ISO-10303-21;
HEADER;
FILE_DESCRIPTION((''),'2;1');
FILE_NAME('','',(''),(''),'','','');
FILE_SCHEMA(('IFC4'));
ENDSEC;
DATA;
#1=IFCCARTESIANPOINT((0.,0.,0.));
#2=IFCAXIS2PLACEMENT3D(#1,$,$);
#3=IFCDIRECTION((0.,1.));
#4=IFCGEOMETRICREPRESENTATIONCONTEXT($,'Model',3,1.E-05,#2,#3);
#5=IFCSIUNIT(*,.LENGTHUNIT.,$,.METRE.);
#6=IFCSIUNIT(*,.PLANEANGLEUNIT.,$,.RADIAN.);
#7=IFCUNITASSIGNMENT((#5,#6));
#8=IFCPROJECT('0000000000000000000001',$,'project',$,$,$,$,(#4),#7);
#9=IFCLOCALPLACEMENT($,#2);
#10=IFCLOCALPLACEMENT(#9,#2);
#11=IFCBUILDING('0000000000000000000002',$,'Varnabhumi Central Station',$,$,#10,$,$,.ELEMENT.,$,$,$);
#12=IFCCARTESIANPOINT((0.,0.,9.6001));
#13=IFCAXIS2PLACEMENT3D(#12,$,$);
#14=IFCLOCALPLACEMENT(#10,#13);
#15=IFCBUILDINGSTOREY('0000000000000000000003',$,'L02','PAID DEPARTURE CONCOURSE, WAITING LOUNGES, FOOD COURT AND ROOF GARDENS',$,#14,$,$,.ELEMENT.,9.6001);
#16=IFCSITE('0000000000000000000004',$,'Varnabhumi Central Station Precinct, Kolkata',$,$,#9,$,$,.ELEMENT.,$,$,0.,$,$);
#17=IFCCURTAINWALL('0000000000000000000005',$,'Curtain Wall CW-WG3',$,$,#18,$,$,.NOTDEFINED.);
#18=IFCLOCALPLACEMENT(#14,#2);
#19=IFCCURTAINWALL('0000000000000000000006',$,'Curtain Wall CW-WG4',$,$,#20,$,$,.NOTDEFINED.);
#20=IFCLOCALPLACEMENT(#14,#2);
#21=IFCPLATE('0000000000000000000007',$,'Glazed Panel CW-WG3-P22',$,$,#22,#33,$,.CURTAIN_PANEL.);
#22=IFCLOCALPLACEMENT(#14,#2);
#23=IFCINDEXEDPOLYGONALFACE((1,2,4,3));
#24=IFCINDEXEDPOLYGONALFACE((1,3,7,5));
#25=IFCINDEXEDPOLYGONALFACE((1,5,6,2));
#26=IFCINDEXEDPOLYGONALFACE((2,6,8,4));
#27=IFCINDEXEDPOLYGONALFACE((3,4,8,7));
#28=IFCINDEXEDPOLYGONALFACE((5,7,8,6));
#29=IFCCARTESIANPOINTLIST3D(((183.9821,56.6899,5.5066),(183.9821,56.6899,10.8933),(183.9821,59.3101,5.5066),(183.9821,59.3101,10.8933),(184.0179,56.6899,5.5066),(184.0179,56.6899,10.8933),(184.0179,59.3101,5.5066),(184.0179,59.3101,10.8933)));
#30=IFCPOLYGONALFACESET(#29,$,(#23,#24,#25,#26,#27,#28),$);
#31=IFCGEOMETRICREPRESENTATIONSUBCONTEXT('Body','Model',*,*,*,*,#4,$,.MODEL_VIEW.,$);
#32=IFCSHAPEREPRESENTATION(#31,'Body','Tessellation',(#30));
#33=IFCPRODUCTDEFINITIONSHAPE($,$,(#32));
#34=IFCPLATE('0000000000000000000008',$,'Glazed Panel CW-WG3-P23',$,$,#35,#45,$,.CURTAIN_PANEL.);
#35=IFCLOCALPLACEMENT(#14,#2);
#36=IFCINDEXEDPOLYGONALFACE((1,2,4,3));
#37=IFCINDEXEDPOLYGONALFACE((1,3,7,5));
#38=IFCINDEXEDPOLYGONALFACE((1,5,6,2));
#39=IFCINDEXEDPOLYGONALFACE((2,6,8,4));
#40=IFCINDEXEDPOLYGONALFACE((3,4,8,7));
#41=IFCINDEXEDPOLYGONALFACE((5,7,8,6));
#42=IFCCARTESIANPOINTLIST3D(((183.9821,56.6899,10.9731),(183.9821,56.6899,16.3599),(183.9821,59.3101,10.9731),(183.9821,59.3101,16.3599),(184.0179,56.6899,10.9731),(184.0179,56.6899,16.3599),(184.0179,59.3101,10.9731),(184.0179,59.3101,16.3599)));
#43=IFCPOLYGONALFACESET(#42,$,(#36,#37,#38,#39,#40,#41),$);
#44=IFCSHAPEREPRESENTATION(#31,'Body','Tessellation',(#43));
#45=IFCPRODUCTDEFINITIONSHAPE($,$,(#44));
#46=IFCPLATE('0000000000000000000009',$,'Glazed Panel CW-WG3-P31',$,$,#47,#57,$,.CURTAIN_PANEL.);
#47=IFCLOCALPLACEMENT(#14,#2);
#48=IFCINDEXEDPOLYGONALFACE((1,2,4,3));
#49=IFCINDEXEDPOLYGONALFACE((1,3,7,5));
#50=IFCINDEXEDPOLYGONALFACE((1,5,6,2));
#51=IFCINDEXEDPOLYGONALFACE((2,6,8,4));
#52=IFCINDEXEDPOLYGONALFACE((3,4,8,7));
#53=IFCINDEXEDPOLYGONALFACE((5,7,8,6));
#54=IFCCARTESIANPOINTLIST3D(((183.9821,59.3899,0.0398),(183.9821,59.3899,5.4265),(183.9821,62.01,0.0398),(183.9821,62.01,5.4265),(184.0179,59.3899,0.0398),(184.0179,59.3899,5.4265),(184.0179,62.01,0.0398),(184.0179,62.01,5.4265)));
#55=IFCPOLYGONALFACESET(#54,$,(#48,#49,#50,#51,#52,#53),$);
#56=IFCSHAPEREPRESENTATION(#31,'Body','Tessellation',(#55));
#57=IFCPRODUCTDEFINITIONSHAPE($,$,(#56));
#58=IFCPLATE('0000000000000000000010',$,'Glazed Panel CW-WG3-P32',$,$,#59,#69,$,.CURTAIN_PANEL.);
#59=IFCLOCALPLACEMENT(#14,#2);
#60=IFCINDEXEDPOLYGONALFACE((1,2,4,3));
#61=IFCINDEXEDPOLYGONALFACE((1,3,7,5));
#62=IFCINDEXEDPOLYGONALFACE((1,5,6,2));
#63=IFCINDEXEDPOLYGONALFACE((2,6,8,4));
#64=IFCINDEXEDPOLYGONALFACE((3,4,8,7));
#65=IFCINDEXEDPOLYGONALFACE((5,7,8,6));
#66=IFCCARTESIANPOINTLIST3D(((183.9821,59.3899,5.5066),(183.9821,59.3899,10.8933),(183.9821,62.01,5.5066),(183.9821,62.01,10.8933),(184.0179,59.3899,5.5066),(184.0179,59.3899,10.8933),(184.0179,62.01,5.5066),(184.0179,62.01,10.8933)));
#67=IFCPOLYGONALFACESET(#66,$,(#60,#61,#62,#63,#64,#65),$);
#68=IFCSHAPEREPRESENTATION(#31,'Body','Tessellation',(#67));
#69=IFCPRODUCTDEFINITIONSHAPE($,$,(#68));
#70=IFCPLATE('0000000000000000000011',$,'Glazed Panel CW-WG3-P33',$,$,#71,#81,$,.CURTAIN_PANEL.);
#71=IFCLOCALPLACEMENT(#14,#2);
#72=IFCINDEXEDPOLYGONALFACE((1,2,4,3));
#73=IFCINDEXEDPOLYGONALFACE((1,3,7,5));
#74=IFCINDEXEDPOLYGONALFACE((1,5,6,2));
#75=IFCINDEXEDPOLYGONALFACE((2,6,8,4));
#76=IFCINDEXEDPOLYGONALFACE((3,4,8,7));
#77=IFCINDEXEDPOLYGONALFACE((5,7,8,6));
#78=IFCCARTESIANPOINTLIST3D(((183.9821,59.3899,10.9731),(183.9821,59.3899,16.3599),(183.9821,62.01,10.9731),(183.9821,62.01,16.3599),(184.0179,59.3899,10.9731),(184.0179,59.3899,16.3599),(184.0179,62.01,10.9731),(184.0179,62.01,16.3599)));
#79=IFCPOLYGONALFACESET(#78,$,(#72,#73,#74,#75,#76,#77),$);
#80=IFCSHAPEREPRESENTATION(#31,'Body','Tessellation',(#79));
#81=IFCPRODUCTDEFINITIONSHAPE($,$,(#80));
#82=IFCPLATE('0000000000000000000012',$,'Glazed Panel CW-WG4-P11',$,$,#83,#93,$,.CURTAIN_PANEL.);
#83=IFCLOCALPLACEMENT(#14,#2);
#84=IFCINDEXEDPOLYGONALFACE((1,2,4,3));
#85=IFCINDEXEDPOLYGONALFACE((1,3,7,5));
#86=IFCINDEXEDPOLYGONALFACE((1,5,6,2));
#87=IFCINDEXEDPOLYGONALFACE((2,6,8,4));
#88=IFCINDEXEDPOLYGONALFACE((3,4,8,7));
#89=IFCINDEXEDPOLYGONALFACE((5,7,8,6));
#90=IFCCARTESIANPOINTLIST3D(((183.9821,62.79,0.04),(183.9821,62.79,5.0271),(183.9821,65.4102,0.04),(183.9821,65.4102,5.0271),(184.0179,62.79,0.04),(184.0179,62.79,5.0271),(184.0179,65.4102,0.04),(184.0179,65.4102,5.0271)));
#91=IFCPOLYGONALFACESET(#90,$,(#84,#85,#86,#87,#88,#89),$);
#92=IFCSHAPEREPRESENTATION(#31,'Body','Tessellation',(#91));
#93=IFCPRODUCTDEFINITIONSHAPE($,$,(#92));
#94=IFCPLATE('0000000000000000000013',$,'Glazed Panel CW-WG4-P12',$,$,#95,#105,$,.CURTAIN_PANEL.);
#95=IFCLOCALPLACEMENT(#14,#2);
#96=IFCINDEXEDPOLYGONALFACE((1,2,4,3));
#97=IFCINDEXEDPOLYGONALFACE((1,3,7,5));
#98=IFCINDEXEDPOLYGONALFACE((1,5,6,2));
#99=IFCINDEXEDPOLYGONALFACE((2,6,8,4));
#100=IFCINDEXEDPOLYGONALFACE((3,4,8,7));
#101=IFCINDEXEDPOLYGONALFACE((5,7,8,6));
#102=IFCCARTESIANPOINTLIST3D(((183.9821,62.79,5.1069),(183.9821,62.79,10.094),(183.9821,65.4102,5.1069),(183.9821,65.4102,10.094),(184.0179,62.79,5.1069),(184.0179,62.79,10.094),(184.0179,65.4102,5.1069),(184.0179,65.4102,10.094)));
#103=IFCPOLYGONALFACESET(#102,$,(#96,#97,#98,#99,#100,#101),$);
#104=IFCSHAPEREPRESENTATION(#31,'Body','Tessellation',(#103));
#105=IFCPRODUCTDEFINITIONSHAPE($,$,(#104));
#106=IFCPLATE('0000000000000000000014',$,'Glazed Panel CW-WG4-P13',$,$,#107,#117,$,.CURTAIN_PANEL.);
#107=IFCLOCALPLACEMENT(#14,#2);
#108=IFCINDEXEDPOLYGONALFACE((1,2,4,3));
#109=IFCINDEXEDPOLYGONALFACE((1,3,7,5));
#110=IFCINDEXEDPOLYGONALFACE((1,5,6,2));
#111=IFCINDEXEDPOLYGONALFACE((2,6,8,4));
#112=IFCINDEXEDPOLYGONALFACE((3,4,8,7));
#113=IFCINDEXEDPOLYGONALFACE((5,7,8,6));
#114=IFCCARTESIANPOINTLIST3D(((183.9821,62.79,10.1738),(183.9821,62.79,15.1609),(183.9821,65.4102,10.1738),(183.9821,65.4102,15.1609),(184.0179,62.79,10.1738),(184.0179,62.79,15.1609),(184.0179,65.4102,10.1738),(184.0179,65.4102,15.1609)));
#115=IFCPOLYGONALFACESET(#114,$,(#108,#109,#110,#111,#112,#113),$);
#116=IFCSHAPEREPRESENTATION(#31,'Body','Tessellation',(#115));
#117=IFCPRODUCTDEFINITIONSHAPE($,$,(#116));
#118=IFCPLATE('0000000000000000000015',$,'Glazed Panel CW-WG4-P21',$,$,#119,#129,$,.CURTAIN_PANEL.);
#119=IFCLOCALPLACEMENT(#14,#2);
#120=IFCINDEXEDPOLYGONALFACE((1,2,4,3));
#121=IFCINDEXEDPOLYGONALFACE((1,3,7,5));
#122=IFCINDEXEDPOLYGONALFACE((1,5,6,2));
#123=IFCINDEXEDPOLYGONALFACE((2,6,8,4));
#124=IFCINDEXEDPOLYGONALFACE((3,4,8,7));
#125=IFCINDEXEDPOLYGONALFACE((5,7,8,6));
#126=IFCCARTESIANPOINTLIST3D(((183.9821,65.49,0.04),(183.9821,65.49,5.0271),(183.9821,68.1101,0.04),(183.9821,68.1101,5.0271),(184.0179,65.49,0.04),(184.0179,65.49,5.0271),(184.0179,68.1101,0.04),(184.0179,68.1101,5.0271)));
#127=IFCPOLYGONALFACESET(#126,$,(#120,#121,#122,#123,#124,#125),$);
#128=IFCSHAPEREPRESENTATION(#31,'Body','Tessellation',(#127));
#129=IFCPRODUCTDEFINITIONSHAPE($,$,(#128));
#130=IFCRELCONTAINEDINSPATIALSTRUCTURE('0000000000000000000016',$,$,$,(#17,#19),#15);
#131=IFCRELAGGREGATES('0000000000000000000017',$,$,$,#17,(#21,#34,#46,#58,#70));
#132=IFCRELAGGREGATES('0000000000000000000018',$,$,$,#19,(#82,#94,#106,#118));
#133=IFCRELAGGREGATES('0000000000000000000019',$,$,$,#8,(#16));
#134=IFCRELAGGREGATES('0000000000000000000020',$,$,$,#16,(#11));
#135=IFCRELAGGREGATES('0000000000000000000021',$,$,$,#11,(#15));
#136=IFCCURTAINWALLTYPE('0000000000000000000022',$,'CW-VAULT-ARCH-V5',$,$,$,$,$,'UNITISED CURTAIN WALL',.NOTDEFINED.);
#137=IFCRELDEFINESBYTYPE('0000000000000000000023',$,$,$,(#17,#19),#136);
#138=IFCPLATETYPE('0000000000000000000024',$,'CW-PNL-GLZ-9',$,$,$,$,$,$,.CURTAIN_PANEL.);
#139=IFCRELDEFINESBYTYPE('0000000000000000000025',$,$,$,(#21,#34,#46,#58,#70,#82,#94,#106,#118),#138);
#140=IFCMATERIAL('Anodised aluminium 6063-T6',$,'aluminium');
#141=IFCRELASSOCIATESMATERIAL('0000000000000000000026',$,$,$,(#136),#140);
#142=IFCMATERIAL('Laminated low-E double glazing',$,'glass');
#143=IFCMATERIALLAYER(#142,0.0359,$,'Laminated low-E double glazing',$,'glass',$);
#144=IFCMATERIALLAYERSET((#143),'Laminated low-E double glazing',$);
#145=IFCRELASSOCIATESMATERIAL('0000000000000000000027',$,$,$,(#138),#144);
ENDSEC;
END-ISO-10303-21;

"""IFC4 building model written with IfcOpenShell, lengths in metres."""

from ifc_helpers import new_model, si_unit, direction, frame, origin, origin_2d, place, context, subcontext, project, spatial, rectangle, extrude, material, layer, layer_set, type_object, element, aggregate, save


model = new_model("IFC4")

# Units and contexts
model_context = context("Model", 3, precision=1e-05, world=origin(), true_north=direction((0.0, 1.0)))
body_context = subcontext(model_context, "Body", "Model", "MODEL_VIEW")
ifc_project = project(units=[si_unit("LENGTHUNIT", "METRE"), si_unit("PLANEANGLEUNIT", "RADIAN")], contexts=[model_context])

# Site, building, storey
site_placement = place(None, origin())
site = spatial("IfcSite", under=ifc_project, at=site_placement, Name="Varnabhumi Central Station Precinct, Kolkata", CompositionType="ELEMENT", RefElevation=0.0)
building_placement = place(site_placement, origin())
building = spatial("IfcBuilding", under=site, at=building_placement, Name="Varnabhumi Central Station", CompositionType="ELEMENT")
storey_placement = place(building_placement, frame((0.0, 0.0, 9.6001)))
storey = spatial("IfcBuildingStorey", under=building, at=storey_placement, Name="L02", Description="PAID DEPARTURE CONCOURSE, WAITING LOUNGES, FOOD COURT AND ROOF GARDENS", CompositionType="ELEMENT", Elevation=9.6001)

# Curtain walls
ifc_material_1 = material(Name="Anodised aluminium 6063-T6", Category="aluminium")
curtain_wall_type = type_object("IfcCurtainWallType", Name="CW-VAULT-ARCH-V5", ElementType="UNITISED CURTAIN WALL", PredefinedType="NOTDEFINED", material=ifc_material_1)
curtain_wall_1_placement = place(storey_placement, origin())
curtain_wall_1 = element("IfcCurtainWall", 1, at=curtain_wall_1_placement, inside=storey, type_object=curtain_wall_type, Name="Curtain Wall CW-WG3", PredefinedType="NOTDEFINED")
curtain_wall_2_placement = place(storey_placement, origin())
curtain_wall_2 = element("IfcCurtainWall", 2, at=curtain_wall_2_placement, inside=storey, type_object=curtain_wall_type, Name="Curtain Wall CW-WG4", PredefinedType="NOTDEFINED")

# Plates
ifc_material_2 = material(Name="Laminated low-E double glazing", Category="glass")
ifc_layer = layer(ifc_material_2, 0.0359, Name="Laminated low-E double glazing", Category="glass")
ifc_layer_set = layer_set([ifc_layer], Name="Laminated low-E double glazing")
plate_type = type_object("IfcPlateType", Name="CW-PNL-GLZ-9", PredefinedType="CURTAIN_PANEL", material=ifc_layer_set)
plate_1_placement = place(storey_placement, frame((184.0, 58.0, 5.5066), z_axis=(0.0, 0.0, 1.0), x_axis=(0.0, 1.0, 0.0)))
plate_1 = element("IfcPlate", 3, at=plate_1_placement, type_object=plate_type, Name="Glazed Panel CW-WG3-P22", PredefinedType="CURTAIN_PANEL", context=body_context, shape_type="SweptSolid", body=[
    extrude(rectangle(XDim=2.6201, YDim=0.0359, at=origin_2d()), origin(), (0.0, 0.0, 1.0), 5.3867),
])
plate_2_placement = place(storey_placement, frame((184.0, 58.0, 10.9731), z_axis=(0.0, 0.0, 1.0), x_axis=(0.0, 1.0, 0.0)))
plate_2 = element("IfcPlate", 4, at=plate_2_placement, type_object=plate_type, Name="Glazed Panel CW-WG3-P23", PredefinedType="CURTAIN_PANEL", context=body_context, shape_type="SweptSolid", body=[
    extrude(rectangle(XDim=2.6201, YDim=0.0359, at=origin_2d()), origin(), (0.0, 0.0, 1.0), 5.3867),
])
plate_3_placement = place(storey_placement, frame((184.0, 60.7, 0.0398), z_axis=(0.0, 0.0, 1.0), x_axis=(0.0, 1.0, 0.0)))
plate_3 = element("IfcPlate", 5, at=plate_3_placement, type_object=plate_type, Name="Glazed Panel CW-WG3-P31", PredefinedType="CURTAIN_PANEL", context=body_context, shape_type="SweptSolid", body=[
    extrude(rectangle(XDim=2.6201, YDim=0.0359, at=origin_2d()), origin(), (0.0, 0.0, 1.0), 5.3867),
])
plate_4_placement = place(storey_placement, frame((184.0, 60.7, 5.5066), z_axis=(0.0, 0.0, 1.0), x_axis=(0.0, 1.0, 0.0)))
plate_4 = element("IfcPlate", 6, at=plate_4_placement, type_object=plate_type, Name="Glazed Panel CW-WG3-P32", PredefinedType="CURTAIN_PANEL", context=body_context, shape_type="SweptSolid", body=[
    extrude(rectangle(XDim=2.6201, YDim=0.0359, at=origin_2d()), origin(), (0.0, 0.0, 1.0), 5.3867),
])
plate_5_placement = place(storey_placement, frame((184.0, 60.7, 10.9731), z_axis=(0.0, 0.0, 1.0), x_axis=(0.0, 1.0, 0.0)))
plate_5 = element("IfcPlate", 7, at=plate_5_placement, type_object=plate_type, Name="Glazed Panel CW-WG3-P33", PredefinedType="CURTAIN_PANEL", context=body_context, shape_type="SweptSolid", body=[
    extrude(rectangle(XDim=2.6201, YDim=0.0359, at=origin_2d()), origin(), (0.0, 0.0, 1.0), 5.3867),
])
aggregate(curtain_wall_1, [plate_1, plate_2, plate_3, plate_4, plate_5])
plate_6_placement = place(storey_placement, frame((184.0, 64.1001, 0.04), z_axis=(0.0, 0.0, 1.0), x_axis=(0.0, 1.0, 0.0)))
plate_6 = element("IfcPlate", 8, at=plate_6_placement, type_object=plate_type, Name="Glazed Panel CW-WG4-P11", PredefinedType="CURTAIN_PANEL", context=body_context, shape_type="SweptSolid", body=[
    extrude(rectangle(XDim=2.6201, YDim=0.0359, at=origin_2d()), origin(), (0.0, 0.0, 1.0), 4.9871),
])
plate_7_placement = place(storey_placement, frame((184.0, 64.1001, 5.1069), z_axis=(0.0, 0.0, 1.0), x_axis=(0.0, 1.0, 0.0)))
plate_7 = element("IfcPlate", 9, at=plate_7_placement, type_object=plate_type, Name="Glazed Panel CW-WG4-P12", PredefinedType="CURTAIN_PANEL", context=body_context, shape_type="SweptSolid", body=[
    extrude(rectangle(XDim=2.6201, YDim=0.0359, at=origin_2d()), origin(), (0.0, 0.0, 1.0), 4.9871),
])
plate_8_placement = place(storey_placement, frame((184.0, 64.1001, 10.1738), z_axis=(0.0, 0.0, 1.0), x_axis=(0.0, 1.0, 0.0)))
plate_8 = element("IfcPlate", 10, at=plate_8_placement, type_object=plate_type, Name="Glazed Panel CW-WG4-P13", PredefinedType="CURTAIN_PANEL", context=body_context, shape_type="SweptSolid", body=[
    extrude(rectangle(XDim=2.6201, YDim=0.0359, at=origin_2d()), origin(), (0.0, 0.0, 1.0), 4.9871),
])
plate_9_placement = place(storey_placement, frame((184.0, 66.8, 0.04), z_axis=(0.0, 0.0, 1.0), x_axis=(0.0, 1.0, 0.0)))
plate_9 = element("IfcPlate", 11, at=plate_9_placement, type_object=plate_type, Name="Glazed Panel CW-WG4-P21", PredefinedType="CURTAIN_PANEL", context=body_context, shape_type="SweptSolid", body=[
    extrude(rectangle(XDim=2.6201, YDim=0.0359, at=origin_2d()), origin(), (0.0, 0.0, 1.0), 4.9871),
])
aggregate(curtain_wall_2, [plate_6, plate_7, plate_8, plate_9])

save(model, "model.ifc")
